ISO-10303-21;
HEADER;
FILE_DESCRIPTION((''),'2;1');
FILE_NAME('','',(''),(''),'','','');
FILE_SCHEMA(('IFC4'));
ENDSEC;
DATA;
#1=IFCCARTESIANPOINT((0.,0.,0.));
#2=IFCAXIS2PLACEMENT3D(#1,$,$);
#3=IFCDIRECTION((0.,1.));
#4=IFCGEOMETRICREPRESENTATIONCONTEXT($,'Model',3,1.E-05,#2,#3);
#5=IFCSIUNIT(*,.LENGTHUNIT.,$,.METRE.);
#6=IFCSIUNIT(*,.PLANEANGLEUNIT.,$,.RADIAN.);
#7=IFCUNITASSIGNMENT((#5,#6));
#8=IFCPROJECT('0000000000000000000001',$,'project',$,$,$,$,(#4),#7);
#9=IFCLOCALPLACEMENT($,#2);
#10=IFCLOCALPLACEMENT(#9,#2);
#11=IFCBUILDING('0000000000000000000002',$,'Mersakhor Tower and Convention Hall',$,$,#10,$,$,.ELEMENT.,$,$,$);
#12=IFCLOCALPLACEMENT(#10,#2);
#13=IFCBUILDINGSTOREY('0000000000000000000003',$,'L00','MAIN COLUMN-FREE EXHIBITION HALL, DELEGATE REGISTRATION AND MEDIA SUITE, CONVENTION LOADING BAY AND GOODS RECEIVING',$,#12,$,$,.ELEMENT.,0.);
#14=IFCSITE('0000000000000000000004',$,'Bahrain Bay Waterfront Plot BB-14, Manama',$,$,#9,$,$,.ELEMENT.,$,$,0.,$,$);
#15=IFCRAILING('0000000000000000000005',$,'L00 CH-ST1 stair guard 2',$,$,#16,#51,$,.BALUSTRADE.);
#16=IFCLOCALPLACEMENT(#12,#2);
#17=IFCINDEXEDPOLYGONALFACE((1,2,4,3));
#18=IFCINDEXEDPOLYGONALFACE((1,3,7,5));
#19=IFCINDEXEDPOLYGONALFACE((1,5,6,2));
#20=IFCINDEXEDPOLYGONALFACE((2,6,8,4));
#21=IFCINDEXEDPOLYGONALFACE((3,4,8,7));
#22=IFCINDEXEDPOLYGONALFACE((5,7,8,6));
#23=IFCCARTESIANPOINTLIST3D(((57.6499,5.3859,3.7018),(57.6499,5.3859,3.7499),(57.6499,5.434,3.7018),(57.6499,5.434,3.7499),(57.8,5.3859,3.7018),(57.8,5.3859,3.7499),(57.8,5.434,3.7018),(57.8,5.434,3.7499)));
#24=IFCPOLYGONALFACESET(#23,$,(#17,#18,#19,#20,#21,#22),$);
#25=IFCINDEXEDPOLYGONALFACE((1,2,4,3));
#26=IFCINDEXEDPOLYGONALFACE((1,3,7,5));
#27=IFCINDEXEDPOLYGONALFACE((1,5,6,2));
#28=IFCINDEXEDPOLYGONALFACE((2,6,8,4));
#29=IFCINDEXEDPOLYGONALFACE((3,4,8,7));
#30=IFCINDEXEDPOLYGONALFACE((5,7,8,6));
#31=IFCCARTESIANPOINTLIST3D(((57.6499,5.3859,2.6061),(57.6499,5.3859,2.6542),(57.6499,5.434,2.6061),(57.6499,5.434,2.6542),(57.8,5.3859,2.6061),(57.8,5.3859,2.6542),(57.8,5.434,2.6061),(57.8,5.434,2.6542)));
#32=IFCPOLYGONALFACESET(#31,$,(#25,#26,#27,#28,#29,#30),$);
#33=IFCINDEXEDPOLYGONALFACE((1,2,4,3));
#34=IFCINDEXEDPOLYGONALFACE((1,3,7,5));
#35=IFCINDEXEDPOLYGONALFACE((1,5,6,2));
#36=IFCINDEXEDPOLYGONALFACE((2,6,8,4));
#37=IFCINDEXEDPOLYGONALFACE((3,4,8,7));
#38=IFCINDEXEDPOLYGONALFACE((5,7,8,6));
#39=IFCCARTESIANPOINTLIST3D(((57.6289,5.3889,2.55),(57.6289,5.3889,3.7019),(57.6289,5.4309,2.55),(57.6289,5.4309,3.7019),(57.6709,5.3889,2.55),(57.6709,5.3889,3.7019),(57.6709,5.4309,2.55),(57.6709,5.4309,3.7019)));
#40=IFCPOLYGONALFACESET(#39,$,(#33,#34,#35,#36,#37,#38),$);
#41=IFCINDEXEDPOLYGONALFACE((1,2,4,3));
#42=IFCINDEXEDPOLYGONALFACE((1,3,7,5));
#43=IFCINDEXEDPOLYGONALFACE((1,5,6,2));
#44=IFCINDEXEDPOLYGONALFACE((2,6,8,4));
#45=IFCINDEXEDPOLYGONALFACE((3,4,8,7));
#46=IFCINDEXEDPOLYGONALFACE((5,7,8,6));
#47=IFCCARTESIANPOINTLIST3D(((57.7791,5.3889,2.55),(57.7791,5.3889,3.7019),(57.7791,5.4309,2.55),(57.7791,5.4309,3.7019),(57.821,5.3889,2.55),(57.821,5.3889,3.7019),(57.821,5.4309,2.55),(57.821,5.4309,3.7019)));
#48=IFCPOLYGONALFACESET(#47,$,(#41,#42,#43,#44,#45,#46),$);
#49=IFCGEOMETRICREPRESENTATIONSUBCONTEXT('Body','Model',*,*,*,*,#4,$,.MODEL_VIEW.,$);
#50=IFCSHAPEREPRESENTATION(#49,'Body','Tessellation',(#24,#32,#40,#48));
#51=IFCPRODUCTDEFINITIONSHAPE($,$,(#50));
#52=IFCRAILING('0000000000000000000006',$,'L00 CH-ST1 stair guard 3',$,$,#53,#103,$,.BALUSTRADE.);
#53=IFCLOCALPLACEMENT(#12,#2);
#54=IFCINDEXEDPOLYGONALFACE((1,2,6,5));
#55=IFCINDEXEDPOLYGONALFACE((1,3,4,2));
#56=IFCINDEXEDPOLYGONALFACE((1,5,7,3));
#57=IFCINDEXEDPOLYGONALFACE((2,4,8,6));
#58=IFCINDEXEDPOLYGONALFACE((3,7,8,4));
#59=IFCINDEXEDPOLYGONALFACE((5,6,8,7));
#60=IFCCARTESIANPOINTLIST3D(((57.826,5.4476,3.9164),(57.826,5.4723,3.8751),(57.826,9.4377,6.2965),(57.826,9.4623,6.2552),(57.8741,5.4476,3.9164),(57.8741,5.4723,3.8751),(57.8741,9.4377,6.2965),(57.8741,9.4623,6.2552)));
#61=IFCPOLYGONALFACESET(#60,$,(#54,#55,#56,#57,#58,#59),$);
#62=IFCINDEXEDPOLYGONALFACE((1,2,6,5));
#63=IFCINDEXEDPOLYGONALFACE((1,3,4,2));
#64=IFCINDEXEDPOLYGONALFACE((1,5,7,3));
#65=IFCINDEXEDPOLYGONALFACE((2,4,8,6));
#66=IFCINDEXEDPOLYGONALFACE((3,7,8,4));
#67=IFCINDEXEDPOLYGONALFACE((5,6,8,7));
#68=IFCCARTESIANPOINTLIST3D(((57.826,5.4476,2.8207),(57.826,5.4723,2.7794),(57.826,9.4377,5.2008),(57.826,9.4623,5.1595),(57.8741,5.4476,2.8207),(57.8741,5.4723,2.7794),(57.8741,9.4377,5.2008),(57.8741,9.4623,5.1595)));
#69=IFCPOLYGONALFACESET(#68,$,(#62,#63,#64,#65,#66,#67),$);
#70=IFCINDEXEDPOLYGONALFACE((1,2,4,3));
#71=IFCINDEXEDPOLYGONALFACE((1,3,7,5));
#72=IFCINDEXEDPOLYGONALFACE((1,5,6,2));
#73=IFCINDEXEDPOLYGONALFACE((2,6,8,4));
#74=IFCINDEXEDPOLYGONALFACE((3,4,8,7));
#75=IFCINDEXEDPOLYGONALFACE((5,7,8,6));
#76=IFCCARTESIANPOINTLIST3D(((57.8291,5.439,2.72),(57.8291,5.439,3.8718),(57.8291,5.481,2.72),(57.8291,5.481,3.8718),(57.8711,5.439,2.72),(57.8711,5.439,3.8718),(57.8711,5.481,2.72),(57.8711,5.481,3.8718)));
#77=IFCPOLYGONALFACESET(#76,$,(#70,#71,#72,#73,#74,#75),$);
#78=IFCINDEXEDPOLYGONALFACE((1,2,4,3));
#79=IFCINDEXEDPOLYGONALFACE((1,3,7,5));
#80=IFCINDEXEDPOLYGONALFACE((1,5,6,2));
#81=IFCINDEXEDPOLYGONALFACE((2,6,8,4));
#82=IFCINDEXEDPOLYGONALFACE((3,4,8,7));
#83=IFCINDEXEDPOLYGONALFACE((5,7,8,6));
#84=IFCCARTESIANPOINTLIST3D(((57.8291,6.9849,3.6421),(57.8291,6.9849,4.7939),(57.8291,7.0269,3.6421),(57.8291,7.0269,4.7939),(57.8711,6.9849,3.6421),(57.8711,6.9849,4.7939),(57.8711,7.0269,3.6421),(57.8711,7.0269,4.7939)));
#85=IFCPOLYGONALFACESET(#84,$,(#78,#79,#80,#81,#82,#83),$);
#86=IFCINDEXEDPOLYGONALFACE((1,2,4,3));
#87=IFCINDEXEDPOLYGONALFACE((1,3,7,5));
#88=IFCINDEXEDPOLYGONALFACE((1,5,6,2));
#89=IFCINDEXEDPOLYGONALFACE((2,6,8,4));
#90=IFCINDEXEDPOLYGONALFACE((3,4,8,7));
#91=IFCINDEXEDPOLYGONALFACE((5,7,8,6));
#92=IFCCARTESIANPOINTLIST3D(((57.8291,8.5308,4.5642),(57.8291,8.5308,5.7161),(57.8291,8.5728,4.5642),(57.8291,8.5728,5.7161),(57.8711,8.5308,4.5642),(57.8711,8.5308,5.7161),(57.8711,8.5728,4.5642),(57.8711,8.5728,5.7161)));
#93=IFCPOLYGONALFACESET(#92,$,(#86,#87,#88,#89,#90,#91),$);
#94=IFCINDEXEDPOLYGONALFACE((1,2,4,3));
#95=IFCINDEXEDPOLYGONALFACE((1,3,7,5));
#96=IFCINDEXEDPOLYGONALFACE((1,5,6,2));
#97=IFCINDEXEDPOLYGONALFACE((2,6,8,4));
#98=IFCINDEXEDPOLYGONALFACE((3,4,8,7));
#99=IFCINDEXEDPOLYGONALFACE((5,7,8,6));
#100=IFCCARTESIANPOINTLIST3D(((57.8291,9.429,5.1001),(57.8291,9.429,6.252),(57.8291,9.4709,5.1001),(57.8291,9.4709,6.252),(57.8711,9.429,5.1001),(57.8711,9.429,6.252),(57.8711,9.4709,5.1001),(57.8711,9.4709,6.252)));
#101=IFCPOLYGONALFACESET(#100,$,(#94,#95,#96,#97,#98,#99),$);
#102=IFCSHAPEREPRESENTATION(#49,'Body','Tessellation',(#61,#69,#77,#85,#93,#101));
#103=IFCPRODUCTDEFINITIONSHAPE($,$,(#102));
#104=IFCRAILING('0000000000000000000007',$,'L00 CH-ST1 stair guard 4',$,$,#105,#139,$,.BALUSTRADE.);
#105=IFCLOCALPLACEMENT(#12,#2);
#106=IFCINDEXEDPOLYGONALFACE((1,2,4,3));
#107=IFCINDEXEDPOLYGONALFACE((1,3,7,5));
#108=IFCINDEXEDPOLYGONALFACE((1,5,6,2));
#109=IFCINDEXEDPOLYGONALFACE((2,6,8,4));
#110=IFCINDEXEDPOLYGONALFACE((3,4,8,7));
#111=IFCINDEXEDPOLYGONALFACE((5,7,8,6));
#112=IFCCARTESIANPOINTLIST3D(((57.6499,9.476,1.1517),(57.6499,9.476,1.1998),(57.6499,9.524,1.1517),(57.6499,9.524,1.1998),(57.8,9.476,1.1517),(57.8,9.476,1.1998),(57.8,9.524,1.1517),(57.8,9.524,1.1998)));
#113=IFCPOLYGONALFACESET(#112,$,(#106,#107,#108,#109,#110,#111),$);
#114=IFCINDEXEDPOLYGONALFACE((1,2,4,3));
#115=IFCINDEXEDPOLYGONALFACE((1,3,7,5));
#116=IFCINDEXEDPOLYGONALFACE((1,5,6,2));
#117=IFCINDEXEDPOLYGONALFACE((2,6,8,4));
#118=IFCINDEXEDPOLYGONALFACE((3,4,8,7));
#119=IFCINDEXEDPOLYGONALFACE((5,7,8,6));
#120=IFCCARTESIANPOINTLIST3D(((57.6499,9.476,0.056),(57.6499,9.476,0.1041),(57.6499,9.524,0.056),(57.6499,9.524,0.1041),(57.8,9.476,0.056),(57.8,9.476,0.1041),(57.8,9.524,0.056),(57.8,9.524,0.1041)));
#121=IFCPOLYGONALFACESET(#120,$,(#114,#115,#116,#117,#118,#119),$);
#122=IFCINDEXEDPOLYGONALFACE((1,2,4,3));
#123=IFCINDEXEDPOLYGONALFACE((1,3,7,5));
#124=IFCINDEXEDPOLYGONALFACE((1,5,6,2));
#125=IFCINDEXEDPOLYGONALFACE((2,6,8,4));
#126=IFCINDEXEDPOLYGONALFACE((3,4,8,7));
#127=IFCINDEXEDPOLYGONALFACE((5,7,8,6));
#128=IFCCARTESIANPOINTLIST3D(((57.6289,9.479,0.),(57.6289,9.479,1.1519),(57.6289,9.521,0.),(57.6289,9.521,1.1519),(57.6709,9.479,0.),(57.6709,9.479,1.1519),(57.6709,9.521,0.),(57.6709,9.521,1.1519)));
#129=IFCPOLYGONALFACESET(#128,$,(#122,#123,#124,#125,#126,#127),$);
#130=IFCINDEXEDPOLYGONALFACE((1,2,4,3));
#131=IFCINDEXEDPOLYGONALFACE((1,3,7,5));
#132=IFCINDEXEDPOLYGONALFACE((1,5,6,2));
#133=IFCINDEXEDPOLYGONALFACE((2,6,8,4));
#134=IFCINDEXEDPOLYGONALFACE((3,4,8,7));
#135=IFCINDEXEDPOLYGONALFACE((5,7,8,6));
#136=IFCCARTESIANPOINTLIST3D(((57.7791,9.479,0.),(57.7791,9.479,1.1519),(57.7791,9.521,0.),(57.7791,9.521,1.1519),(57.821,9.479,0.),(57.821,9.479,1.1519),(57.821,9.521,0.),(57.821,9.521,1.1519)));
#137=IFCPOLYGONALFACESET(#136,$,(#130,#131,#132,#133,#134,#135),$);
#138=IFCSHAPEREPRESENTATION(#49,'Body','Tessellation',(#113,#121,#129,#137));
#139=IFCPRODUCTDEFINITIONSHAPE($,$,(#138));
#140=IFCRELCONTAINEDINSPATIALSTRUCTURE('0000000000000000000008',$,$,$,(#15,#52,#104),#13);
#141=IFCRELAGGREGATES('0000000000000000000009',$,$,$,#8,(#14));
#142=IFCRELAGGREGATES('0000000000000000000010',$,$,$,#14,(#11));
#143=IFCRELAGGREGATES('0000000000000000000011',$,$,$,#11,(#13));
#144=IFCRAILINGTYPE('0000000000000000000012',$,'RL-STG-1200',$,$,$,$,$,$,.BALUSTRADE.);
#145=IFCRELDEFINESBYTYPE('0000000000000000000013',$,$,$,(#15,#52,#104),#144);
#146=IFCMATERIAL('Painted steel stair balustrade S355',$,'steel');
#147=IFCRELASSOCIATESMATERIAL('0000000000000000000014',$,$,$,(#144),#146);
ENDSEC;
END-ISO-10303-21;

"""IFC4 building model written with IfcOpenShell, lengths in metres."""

from ifc_helpers import new_model, si_unit, direction, frame, origin, origin_2d, place, context, subcontext, project, spatial, rectangle, extrude, material, type_object, element, save


model = new_model("IFC4")

# Units and contexts
model_context = context("Model", 3, precision=1e-05, world=origin(), true_north=direction((0.0, 1.0)))
body_context = subcontext(model_context, "Body", "Model", "MODEL_VIEW")
ifc_project = project(units=[si_unit("LENGTHUNIT", "METRE"), si_unit("PLANEANGLEUNIT", "RADIAN")], contexts=[model_context])

# Site, building, storey
site_placement = place(None, origin())
site = spatial("IfcSite", under=ifc_project, at=site_placement, Name="Bahrain Bay Waterfront Plot BB-14, Manama", CompositionType="ELEMENT", RefElevation=0.0)
building_placement = place(site_placement, origin())
building = spatial("IfcBuilding", under=site, at=building_placement, Name="Mersakhor Tower and Convention Hall", CompositionType="ELEMENT")
storey_placement = place(building_placement, origin())
storey = spatial("IfcBuildingStorey", under=building, at=storey_placement, Name="L00", Description="MAIN COLUMN-FREE EXHIBITION HALL, DELEGATE REGISTRATION AND MEDIA SUITE, CONVENTION LOADING BAY AND GOODS RECEIVING", CompositionType="ELEMENT", Elevation=0.0)

# Railings
ifc_material_1 = material(Name="Painted steel stair balustrade S355", Category="steel")
railing_type_1 = type_object("IfcRailingType", Name="RL-STG-1200", PredefinedType="BALUSTRADE", material=ifc_material_1)
railing_1_placement = place(storey_placement, frame((57.6499, 5.4099, 2.55)))
element("IfcRailing", 1, at=railing_1_placement, inside=storey, type_object=railing_type_1, Name="L00 CH-ST1 stair guard 2", PredefinedType="BALUSTRADE", context=body_context, shape_type="SweptSolid", body=[
    extrude(rectangle(XDim=0.0481, YDim=0.0481, at=origin_2d()), frame((0.0, 0.0, 1.1758), z_axis=(1.0, 0.0, 0.0), x_axis=(0.0, 1.0, 0.0)), (0.0, 0.0, 1.0), 0.1501),
    extrude(rectangle(XDim=0.0481, YDim=0.0481, at=origin_2d()), frame((0.0, 0.0, 0.0801), z_axis=(1.0, 0.0, 0.0), x_axis=(0.0, 1.0, 0.0)), (0.0, 0.0, 1.0), 0.1501),
    extrude(rectangle(XDim=0.042, YDim=0.042, at=origin_2d()), origin(), (0.0, 0.0, 1.0), 1.1519),
    extrude(rectangle(XDim=0.042, YDim=0.042, at=origin_2d()), frame((0.1501, 0.0, 0.0)), (0.0, 0.0, 1.0), 1.1519),
])
railing_2_placement = place(storey_placement, frame((57.8501, 5.46, 2.72)))
element("IfcRailing", 2, at=railing_2_placement, inside=storey, type_object=railing_type_1, Name="L00 CH-ST1 stair guard 3", PredefinedType="BALUSTRADE", context=body_context, shape_type="SweptSolid", body=[
    extrude(rectangle(XDim=0.0481, YDim=0.0481, at=origin_2d()), frame((0.0, 0.0, 1.1758), z_axis=(0.0, 0.858807, 0.512299), x_axis=(-1.0, 0.0, 0.0)), (0.0, 0.0, 1.0), 4.646),
    extrude(rectangle(XDim=0.0481, YDim=0.0481, at=origin_2d()), frame((0.0, 0.0, 0.0801), z_axis=(0.0, 0.858807, 0.512299), x_axis=(-1.0, 0.0, 0.0)), (0.0, 0.0, 1.0), 4.646),
    extrude(rectangle(XDim=0.042, YDim=0.042, at=origin_2d()), origin(), (0.0, 0.0, 1.0), 1.1519),
    extrude(rectangle(XDim=0.042, YDim=0.042, at=origin_2d()), frame((0.0, 1.5459, 0.9221)), (0.0, 0.0, 1.0), 1.1519),
    extrude(rectangle(XDim=0.042, YDim=0.042, at=origin_2d()), frame((0.0, 3.0918, 1.8442)), (0.0, 0.0, 1.0), 1.1519),
    extrude(rectangle(XDim=0.042, YDim=0.042, at=origin_2d()), frame((0.0, 3.99, 2.3801)), (0.0, 0.0, 1.0), 1.1519),
])
railing_3_placement = place(storey_placement, frame((57.6499, 9.5, 0.0)))
element("IfcRailing", 3, at=railing_3_placement, inside=storey, type_object=railing_type_1, Name="L00 CH-ST1 stair guard 4", PredefinedType="BALUSTRADE", context=body_context, shape_type="SweptSolid", body=[
    extrude(rectangle(XDim=0.0481, YDim=0.0481, at=origin_2d()), frame((0.0, 0.0, 1.1758), z_axis=(1.0, 0.0, 0.0), x_axis=(0.0, 1.0, 0.0)), (0.0, 0.0, 1.0), 0.1501),
    extrude(rectangle(XDim=0.0481, YDim=0.0481, at=origin_2d()), frame((0.0, 0.0, 0.0801), z_axis=(1.0, 0.0, 0.0), x_axis=(0.0, 1.0, 0.0)), (0.0, 0.0, 1.0), 0.1501),
    extrude(rectangle(XDim=0.042, YDim=0.042, at=origin_2d()), origin(), (0.0, 0.0, 1.0), 1.1519),
    extrude(rectangle(XDim=0.042, YDim=0.042, at=origin_2d()), frame((0.1501, 0.0, 0.0)), (0.0, 0.0, 1.0), 1.1519),
])

save(model, "model.ifc")
